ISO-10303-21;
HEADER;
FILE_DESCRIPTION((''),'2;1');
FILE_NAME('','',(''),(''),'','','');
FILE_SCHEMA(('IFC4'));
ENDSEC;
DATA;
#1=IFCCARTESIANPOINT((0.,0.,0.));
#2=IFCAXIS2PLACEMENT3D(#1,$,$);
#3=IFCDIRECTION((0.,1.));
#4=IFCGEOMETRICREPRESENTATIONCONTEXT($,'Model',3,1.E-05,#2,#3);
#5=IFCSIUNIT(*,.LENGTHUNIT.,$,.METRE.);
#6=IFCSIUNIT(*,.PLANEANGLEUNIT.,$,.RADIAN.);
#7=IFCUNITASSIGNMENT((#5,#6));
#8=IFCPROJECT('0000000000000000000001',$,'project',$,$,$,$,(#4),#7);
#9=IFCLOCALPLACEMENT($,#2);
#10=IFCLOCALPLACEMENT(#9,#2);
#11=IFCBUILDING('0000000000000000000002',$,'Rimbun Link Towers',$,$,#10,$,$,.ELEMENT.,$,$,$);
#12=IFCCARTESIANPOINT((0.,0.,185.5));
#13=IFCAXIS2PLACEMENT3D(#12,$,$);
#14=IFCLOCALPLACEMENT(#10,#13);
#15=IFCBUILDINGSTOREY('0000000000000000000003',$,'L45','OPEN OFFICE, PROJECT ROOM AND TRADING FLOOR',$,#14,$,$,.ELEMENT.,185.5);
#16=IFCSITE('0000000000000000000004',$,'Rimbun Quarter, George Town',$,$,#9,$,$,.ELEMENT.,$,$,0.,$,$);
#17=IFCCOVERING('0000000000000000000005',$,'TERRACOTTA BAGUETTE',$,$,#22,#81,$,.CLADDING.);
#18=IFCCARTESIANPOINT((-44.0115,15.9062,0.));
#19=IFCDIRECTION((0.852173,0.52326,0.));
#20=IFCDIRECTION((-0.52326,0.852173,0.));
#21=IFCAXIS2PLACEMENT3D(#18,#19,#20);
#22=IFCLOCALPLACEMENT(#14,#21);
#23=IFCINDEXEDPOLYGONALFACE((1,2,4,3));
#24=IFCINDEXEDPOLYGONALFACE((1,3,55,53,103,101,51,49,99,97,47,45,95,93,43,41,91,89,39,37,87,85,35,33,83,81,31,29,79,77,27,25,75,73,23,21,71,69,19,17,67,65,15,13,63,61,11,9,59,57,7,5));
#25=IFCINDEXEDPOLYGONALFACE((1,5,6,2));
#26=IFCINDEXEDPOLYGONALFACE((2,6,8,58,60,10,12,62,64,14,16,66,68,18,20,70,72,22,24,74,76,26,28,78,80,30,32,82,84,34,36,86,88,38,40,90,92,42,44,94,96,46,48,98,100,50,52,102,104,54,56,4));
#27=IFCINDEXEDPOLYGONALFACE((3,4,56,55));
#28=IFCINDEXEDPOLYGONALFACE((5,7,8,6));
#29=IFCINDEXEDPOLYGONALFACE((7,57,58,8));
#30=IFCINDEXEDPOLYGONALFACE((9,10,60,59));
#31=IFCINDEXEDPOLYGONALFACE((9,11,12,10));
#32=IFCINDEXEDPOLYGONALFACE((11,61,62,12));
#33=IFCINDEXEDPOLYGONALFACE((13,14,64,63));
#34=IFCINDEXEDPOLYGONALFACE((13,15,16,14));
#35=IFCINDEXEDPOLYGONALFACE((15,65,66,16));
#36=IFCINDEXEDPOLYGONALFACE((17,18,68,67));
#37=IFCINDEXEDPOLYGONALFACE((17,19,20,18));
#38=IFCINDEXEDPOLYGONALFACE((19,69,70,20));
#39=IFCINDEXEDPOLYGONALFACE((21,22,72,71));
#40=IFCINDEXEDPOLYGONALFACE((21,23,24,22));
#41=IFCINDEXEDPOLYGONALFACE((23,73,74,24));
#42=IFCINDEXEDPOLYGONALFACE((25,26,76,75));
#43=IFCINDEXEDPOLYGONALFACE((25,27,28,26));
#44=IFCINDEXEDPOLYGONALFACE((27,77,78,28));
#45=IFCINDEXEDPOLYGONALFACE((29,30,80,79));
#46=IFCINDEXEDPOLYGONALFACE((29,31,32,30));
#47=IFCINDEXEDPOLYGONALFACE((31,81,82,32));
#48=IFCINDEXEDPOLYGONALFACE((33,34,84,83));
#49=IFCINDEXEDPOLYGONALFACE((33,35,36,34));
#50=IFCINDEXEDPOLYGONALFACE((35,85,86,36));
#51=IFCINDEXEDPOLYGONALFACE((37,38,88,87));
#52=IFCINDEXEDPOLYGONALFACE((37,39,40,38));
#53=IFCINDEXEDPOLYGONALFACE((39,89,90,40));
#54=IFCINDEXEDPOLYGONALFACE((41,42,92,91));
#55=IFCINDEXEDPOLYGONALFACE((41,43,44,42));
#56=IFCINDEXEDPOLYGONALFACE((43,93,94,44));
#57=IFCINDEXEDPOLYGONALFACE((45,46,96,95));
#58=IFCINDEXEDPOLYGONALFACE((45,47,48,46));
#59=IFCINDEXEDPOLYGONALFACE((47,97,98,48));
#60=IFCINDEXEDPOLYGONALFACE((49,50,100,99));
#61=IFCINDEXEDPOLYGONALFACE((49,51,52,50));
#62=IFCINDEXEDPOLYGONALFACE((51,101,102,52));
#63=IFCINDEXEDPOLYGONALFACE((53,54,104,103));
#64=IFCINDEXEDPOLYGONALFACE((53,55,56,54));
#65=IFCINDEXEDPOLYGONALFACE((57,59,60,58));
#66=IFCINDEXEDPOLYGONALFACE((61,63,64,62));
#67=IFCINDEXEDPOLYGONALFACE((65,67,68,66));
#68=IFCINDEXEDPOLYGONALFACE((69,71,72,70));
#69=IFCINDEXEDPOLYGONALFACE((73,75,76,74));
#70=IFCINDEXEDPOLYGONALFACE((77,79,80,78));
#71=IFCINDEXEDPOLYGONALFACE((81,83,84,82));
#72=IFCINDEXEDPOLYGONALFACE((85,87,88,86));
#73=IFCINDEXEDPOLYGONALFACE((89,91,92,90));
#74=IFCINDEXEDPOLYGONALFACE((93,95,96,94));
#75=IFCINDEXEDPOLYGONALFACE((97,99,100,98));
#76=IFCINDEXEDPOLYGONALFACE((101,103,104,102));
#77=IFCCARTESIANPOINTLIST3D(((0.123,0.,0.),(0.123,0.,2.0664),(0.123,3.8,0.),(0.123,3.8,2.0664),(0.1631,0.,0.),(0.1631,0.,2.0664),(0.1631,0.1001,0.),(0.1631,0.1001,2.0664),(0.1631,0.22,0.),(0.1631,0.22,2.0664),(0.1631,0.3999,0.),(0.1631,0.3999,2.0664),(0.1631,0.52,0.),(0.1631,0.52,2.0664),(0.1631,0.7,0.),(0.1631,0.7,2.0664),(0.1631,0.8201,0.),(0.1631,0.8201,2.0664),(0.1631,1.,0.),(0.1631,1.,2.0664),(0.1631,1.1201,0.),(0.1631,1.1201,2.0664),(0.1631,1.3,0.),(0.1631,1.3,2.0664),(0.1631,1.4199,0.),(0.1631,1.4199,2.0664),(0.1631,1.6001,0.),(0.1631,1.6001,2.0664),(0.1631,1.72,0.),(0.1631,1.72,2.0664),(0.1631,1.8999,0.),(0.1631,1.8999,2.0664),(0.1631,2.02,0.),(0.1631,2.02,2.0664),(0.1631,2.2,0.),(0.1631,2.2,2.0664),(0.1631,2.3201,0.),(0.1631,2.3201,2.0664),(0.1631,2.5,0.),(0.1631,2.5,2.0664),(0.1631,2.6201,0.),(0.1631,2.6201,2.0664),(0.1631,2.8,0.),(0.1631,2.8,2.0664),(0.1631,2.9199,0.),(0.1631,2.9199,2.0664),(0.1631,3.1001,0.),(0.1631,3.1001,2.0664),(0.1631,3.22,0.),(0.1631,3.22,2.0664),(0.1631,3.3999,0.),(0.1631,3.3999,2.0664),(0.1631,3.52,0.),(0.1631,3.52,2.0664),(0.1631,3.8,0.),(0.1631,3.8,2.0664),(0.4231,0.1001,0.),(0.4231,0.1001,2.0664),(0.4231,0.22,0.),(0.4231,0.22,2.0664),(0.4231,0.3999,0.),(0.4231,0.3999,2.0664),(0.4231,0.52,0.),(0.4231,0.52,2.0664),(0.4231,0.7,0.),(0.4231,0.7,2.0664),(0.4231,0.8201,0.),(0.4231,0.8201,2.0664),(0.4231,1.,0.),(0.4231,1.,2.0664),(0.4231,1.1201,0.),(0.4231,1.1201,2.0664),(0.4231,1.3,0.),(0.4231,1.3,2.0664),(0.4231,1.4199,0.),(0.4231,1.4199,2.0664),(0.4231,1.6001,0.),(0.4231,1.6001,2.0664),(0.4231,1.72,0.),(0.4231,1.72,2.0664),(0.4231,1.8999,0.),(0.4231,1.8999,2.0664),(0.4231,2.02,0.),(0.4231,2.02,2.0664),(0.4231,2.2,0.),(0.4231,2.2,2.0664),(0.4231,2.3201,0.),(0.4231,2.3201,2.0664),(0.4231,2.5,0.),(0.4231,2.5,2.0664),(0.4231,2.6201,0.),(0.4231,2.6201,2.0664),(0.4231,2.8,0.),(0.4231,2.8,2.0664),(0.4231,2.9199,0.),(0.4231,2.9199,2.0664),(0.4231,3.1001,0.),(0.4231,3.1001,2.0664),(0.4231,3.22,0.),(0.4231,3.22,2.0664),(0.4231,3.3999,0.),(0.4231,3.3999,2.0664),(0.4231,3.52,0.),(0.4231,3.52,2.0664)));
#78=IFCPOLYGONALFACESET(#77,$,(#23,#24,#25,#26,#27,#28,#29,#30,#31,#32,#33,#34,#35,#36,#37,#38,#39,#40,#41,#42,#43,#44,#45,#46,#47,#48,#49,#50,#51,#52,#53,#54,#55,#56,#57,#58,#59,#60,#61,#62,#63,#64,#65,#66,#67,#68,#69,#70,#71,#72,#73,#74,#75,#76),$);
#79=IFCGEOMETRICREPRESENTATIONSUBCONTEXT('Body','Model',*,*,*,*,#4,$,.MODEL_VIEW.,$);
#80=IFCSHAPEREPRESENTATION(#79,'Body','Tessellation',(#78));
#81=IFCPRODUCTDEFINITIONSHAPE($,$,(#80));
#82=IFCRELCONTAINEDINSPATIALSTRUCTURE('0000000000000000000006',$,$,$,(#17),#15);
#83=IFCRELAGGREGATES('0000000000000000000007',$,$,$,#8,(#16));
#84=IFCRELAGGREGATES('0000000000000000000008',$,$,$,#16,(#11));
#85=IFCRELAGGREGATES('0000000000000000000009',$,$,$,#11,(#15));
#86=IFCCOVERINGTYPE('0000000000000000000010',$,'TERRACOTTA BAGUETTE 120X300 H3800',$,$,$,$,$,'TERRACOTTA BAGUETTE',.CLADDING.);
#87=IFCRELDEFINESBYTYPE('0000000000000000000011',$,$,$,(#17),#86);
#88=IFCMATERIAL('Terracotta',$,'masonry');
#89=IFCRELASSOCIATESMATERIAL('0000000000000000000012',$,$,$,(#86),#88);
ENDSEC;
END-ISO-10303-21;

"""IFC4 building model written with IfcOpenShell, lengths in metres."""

from ifc_helpers import new_model, si_unit, direction, frame, origin, place, context, subcontext, project, spatial, polyline, outline, extrude, material, material_profile, profile_set, type_object, element, save


model = new_model("IFC4")

# Units and contexts
model_context = context("Model", 3, precision=1e-05, world=origin(), true_north=direction((0.0, 1.0)))
body_context = subcontext(model_context, "Body", "Model", "MODEL_VIEW")
ifc_project = project(units=[si_unit("LENGTHUNIT", "METRE"), si_unit("PLANEANGLEUNIT", "RADIAN")], contexts=[model_context])

# Site, building, storey
site_placement = place(None, origin())
site = spatial("IfcSite", under=ifc_project, at=site_placement, Name="Rimbun Quarter, George Town", CompositionType="ELEMENT", RefElevation=0.0)
building_placement = place(site_placement, origin())
building = spatial("IfcBuilding", under=site, at=building_placement, Name="Rimbun Link Towers", CompositionType="ELEMENT")
storey_placement = place(building_placement, frame((0.0, 0.0, 185.5)))
storey = spatial("IfcBuildingStorey", under=building, at=storey_placement, Name="L45", Description="OPEN OFFICE, PROJECT ROOM AND TRADING FLOOR", CompositionType="ELEMENT", Elevation=185.5)

# Covering
ifc_material_1 = material(Name="Terracotta", Category="masonry")
ifc_material_profile_1 = material_profile(ifc_material_1, outline(polyline([(0.123, 0.0), (0.1631, 0.0), (0.1631, 0.1001), (0.4231, 0.1001), (0.4231, 0.22), (0.1631, 0.22), (0.1631, 0.3999), (0.4231, 0.3999), (0.4231, 0.52), (0.1631, 0.52), (0.1631, 0.7), (0.4231, 0.7), (0.4231, 0.8201), (0.1631, 0.8201), (0.1631, 1.0), (0.4231, 1.0), (0.4231, 1.1201), (0.1631, 1.1201), (0.1631, 1.3), (0.4231, 1.3), (0.4231, 1.4199), (0.1631, 1.4199), (0.1631, 1.6001), (0.4231, 1.6001), (0.4231, 1.72), (0.1631, 1.72), (0.1631, 1.8999), (0.4231, 1.8999), (0.4231, 2.02), (0.1631, 2.02), (0.1631, 2.2), (0.4231, 2.2), (0.4231, 2.3201), (0.1631, 2.3201), (0.1631, 2.5), (0.4231, 2.5), (0.4231, 2.6201), (0.1631, 2.6201), (0.1631, 2.8), (0.4231, 2.8), (0.4231, 2.9199), (0.1631, 2.9199), (0.1631, 3.1001), (0.4231, 3.1001), (0.4231, 3.22), (0.1631, 3.22), (0.1631, 3.3999), (0.4231, 3.3999), (0.4231, 3.52), (0.1631, 3.52), (0.1631, 3.8), (0.123, 3.8), (0.123, 0.0)])), Name="BAGUETTE 120X300")
ifc_profile_set_1 = profile_set([ifc_material_profile_1], Name="Terracotta")
covering_type = type_object("IfcCoveringType", Name="TERRACOTTA BAGUETTE 120X300 H3800", ElementType="TERRACOTTA BAGUETTE", PredefinedType="CLADDING", material=ifc_profile_set_1)
covering_1_placement = place(storey_placement, frame((-44.0115, 15.9062, 0.0), z_axis=(0.852173, 0.52326, 0.0), x_axis=(-0.52326, 0.852173, 0.0)))
element("IfcCovering", 1, at=covering_1_placement, inside=storey, type_object=covering_type, Name="TERRACOTTA BAGUETTE", PredefinedType="CLADDING", context=body_context, shape_type="SweptSolid", body=[
    extrude(outline(polyline([(0.123, 0.0), (0.1631, 0.0), (0.1631, 0.1001), (0.4231, 0.1001), (0.4231, 0.22), (0.1631, 0.22), (0.1631, 0.3999), (0.4231, 0.3999), (0.4231, 0.52), (0.1631, 0.52), (0.1631, 0.7), (0.4231, 0.7), (0.4231, 0.8201), (0.1631, 0.8201), (0.1631, 1.0), (0.4231, 1.0), (0.4231, 1.1201), (0.1631, 1.1201), (0.1631, 1.3), (0.4231, 1.3), (0.4231, 1.4199), (0.1631, 1.4199), (0.1631, 1.6001), (0.4231, 1.6001), (0.4231, 1.72), (0.1631, 1.72), (0.1631, 1.8999), (0.4231, 1.8999), (0.4231, 2.02), (0.1631, 2.02), (0.1631, 2.2), (0.4231, 2.2), (0.4231, 2.3201), (0.1631, 2.3201), (0.1631, 2.5), (0.4231, 2.5), (0.4231, 2.6201), (0.1631, 2.6201), (0.1631, 2.8), (0.4231, 2.8), (0.4231, 2.9199), (0.1631, 2.9199), (0.1631, 3.1001), (0.4231, 3.1001), (0.4231, 3.22), (0.1631, 3.22), (0.1631, 3.3999), (0.4231, 3.3999), (0.4231, 3.52), (0.1631, 3.52), (0.1631, 3.8), (0.123, 3.8), (0.123, 0.0)])), origin(), (0.0, 0.0, 1.0), 2.0664),
])

save(model, "model.ifc")
